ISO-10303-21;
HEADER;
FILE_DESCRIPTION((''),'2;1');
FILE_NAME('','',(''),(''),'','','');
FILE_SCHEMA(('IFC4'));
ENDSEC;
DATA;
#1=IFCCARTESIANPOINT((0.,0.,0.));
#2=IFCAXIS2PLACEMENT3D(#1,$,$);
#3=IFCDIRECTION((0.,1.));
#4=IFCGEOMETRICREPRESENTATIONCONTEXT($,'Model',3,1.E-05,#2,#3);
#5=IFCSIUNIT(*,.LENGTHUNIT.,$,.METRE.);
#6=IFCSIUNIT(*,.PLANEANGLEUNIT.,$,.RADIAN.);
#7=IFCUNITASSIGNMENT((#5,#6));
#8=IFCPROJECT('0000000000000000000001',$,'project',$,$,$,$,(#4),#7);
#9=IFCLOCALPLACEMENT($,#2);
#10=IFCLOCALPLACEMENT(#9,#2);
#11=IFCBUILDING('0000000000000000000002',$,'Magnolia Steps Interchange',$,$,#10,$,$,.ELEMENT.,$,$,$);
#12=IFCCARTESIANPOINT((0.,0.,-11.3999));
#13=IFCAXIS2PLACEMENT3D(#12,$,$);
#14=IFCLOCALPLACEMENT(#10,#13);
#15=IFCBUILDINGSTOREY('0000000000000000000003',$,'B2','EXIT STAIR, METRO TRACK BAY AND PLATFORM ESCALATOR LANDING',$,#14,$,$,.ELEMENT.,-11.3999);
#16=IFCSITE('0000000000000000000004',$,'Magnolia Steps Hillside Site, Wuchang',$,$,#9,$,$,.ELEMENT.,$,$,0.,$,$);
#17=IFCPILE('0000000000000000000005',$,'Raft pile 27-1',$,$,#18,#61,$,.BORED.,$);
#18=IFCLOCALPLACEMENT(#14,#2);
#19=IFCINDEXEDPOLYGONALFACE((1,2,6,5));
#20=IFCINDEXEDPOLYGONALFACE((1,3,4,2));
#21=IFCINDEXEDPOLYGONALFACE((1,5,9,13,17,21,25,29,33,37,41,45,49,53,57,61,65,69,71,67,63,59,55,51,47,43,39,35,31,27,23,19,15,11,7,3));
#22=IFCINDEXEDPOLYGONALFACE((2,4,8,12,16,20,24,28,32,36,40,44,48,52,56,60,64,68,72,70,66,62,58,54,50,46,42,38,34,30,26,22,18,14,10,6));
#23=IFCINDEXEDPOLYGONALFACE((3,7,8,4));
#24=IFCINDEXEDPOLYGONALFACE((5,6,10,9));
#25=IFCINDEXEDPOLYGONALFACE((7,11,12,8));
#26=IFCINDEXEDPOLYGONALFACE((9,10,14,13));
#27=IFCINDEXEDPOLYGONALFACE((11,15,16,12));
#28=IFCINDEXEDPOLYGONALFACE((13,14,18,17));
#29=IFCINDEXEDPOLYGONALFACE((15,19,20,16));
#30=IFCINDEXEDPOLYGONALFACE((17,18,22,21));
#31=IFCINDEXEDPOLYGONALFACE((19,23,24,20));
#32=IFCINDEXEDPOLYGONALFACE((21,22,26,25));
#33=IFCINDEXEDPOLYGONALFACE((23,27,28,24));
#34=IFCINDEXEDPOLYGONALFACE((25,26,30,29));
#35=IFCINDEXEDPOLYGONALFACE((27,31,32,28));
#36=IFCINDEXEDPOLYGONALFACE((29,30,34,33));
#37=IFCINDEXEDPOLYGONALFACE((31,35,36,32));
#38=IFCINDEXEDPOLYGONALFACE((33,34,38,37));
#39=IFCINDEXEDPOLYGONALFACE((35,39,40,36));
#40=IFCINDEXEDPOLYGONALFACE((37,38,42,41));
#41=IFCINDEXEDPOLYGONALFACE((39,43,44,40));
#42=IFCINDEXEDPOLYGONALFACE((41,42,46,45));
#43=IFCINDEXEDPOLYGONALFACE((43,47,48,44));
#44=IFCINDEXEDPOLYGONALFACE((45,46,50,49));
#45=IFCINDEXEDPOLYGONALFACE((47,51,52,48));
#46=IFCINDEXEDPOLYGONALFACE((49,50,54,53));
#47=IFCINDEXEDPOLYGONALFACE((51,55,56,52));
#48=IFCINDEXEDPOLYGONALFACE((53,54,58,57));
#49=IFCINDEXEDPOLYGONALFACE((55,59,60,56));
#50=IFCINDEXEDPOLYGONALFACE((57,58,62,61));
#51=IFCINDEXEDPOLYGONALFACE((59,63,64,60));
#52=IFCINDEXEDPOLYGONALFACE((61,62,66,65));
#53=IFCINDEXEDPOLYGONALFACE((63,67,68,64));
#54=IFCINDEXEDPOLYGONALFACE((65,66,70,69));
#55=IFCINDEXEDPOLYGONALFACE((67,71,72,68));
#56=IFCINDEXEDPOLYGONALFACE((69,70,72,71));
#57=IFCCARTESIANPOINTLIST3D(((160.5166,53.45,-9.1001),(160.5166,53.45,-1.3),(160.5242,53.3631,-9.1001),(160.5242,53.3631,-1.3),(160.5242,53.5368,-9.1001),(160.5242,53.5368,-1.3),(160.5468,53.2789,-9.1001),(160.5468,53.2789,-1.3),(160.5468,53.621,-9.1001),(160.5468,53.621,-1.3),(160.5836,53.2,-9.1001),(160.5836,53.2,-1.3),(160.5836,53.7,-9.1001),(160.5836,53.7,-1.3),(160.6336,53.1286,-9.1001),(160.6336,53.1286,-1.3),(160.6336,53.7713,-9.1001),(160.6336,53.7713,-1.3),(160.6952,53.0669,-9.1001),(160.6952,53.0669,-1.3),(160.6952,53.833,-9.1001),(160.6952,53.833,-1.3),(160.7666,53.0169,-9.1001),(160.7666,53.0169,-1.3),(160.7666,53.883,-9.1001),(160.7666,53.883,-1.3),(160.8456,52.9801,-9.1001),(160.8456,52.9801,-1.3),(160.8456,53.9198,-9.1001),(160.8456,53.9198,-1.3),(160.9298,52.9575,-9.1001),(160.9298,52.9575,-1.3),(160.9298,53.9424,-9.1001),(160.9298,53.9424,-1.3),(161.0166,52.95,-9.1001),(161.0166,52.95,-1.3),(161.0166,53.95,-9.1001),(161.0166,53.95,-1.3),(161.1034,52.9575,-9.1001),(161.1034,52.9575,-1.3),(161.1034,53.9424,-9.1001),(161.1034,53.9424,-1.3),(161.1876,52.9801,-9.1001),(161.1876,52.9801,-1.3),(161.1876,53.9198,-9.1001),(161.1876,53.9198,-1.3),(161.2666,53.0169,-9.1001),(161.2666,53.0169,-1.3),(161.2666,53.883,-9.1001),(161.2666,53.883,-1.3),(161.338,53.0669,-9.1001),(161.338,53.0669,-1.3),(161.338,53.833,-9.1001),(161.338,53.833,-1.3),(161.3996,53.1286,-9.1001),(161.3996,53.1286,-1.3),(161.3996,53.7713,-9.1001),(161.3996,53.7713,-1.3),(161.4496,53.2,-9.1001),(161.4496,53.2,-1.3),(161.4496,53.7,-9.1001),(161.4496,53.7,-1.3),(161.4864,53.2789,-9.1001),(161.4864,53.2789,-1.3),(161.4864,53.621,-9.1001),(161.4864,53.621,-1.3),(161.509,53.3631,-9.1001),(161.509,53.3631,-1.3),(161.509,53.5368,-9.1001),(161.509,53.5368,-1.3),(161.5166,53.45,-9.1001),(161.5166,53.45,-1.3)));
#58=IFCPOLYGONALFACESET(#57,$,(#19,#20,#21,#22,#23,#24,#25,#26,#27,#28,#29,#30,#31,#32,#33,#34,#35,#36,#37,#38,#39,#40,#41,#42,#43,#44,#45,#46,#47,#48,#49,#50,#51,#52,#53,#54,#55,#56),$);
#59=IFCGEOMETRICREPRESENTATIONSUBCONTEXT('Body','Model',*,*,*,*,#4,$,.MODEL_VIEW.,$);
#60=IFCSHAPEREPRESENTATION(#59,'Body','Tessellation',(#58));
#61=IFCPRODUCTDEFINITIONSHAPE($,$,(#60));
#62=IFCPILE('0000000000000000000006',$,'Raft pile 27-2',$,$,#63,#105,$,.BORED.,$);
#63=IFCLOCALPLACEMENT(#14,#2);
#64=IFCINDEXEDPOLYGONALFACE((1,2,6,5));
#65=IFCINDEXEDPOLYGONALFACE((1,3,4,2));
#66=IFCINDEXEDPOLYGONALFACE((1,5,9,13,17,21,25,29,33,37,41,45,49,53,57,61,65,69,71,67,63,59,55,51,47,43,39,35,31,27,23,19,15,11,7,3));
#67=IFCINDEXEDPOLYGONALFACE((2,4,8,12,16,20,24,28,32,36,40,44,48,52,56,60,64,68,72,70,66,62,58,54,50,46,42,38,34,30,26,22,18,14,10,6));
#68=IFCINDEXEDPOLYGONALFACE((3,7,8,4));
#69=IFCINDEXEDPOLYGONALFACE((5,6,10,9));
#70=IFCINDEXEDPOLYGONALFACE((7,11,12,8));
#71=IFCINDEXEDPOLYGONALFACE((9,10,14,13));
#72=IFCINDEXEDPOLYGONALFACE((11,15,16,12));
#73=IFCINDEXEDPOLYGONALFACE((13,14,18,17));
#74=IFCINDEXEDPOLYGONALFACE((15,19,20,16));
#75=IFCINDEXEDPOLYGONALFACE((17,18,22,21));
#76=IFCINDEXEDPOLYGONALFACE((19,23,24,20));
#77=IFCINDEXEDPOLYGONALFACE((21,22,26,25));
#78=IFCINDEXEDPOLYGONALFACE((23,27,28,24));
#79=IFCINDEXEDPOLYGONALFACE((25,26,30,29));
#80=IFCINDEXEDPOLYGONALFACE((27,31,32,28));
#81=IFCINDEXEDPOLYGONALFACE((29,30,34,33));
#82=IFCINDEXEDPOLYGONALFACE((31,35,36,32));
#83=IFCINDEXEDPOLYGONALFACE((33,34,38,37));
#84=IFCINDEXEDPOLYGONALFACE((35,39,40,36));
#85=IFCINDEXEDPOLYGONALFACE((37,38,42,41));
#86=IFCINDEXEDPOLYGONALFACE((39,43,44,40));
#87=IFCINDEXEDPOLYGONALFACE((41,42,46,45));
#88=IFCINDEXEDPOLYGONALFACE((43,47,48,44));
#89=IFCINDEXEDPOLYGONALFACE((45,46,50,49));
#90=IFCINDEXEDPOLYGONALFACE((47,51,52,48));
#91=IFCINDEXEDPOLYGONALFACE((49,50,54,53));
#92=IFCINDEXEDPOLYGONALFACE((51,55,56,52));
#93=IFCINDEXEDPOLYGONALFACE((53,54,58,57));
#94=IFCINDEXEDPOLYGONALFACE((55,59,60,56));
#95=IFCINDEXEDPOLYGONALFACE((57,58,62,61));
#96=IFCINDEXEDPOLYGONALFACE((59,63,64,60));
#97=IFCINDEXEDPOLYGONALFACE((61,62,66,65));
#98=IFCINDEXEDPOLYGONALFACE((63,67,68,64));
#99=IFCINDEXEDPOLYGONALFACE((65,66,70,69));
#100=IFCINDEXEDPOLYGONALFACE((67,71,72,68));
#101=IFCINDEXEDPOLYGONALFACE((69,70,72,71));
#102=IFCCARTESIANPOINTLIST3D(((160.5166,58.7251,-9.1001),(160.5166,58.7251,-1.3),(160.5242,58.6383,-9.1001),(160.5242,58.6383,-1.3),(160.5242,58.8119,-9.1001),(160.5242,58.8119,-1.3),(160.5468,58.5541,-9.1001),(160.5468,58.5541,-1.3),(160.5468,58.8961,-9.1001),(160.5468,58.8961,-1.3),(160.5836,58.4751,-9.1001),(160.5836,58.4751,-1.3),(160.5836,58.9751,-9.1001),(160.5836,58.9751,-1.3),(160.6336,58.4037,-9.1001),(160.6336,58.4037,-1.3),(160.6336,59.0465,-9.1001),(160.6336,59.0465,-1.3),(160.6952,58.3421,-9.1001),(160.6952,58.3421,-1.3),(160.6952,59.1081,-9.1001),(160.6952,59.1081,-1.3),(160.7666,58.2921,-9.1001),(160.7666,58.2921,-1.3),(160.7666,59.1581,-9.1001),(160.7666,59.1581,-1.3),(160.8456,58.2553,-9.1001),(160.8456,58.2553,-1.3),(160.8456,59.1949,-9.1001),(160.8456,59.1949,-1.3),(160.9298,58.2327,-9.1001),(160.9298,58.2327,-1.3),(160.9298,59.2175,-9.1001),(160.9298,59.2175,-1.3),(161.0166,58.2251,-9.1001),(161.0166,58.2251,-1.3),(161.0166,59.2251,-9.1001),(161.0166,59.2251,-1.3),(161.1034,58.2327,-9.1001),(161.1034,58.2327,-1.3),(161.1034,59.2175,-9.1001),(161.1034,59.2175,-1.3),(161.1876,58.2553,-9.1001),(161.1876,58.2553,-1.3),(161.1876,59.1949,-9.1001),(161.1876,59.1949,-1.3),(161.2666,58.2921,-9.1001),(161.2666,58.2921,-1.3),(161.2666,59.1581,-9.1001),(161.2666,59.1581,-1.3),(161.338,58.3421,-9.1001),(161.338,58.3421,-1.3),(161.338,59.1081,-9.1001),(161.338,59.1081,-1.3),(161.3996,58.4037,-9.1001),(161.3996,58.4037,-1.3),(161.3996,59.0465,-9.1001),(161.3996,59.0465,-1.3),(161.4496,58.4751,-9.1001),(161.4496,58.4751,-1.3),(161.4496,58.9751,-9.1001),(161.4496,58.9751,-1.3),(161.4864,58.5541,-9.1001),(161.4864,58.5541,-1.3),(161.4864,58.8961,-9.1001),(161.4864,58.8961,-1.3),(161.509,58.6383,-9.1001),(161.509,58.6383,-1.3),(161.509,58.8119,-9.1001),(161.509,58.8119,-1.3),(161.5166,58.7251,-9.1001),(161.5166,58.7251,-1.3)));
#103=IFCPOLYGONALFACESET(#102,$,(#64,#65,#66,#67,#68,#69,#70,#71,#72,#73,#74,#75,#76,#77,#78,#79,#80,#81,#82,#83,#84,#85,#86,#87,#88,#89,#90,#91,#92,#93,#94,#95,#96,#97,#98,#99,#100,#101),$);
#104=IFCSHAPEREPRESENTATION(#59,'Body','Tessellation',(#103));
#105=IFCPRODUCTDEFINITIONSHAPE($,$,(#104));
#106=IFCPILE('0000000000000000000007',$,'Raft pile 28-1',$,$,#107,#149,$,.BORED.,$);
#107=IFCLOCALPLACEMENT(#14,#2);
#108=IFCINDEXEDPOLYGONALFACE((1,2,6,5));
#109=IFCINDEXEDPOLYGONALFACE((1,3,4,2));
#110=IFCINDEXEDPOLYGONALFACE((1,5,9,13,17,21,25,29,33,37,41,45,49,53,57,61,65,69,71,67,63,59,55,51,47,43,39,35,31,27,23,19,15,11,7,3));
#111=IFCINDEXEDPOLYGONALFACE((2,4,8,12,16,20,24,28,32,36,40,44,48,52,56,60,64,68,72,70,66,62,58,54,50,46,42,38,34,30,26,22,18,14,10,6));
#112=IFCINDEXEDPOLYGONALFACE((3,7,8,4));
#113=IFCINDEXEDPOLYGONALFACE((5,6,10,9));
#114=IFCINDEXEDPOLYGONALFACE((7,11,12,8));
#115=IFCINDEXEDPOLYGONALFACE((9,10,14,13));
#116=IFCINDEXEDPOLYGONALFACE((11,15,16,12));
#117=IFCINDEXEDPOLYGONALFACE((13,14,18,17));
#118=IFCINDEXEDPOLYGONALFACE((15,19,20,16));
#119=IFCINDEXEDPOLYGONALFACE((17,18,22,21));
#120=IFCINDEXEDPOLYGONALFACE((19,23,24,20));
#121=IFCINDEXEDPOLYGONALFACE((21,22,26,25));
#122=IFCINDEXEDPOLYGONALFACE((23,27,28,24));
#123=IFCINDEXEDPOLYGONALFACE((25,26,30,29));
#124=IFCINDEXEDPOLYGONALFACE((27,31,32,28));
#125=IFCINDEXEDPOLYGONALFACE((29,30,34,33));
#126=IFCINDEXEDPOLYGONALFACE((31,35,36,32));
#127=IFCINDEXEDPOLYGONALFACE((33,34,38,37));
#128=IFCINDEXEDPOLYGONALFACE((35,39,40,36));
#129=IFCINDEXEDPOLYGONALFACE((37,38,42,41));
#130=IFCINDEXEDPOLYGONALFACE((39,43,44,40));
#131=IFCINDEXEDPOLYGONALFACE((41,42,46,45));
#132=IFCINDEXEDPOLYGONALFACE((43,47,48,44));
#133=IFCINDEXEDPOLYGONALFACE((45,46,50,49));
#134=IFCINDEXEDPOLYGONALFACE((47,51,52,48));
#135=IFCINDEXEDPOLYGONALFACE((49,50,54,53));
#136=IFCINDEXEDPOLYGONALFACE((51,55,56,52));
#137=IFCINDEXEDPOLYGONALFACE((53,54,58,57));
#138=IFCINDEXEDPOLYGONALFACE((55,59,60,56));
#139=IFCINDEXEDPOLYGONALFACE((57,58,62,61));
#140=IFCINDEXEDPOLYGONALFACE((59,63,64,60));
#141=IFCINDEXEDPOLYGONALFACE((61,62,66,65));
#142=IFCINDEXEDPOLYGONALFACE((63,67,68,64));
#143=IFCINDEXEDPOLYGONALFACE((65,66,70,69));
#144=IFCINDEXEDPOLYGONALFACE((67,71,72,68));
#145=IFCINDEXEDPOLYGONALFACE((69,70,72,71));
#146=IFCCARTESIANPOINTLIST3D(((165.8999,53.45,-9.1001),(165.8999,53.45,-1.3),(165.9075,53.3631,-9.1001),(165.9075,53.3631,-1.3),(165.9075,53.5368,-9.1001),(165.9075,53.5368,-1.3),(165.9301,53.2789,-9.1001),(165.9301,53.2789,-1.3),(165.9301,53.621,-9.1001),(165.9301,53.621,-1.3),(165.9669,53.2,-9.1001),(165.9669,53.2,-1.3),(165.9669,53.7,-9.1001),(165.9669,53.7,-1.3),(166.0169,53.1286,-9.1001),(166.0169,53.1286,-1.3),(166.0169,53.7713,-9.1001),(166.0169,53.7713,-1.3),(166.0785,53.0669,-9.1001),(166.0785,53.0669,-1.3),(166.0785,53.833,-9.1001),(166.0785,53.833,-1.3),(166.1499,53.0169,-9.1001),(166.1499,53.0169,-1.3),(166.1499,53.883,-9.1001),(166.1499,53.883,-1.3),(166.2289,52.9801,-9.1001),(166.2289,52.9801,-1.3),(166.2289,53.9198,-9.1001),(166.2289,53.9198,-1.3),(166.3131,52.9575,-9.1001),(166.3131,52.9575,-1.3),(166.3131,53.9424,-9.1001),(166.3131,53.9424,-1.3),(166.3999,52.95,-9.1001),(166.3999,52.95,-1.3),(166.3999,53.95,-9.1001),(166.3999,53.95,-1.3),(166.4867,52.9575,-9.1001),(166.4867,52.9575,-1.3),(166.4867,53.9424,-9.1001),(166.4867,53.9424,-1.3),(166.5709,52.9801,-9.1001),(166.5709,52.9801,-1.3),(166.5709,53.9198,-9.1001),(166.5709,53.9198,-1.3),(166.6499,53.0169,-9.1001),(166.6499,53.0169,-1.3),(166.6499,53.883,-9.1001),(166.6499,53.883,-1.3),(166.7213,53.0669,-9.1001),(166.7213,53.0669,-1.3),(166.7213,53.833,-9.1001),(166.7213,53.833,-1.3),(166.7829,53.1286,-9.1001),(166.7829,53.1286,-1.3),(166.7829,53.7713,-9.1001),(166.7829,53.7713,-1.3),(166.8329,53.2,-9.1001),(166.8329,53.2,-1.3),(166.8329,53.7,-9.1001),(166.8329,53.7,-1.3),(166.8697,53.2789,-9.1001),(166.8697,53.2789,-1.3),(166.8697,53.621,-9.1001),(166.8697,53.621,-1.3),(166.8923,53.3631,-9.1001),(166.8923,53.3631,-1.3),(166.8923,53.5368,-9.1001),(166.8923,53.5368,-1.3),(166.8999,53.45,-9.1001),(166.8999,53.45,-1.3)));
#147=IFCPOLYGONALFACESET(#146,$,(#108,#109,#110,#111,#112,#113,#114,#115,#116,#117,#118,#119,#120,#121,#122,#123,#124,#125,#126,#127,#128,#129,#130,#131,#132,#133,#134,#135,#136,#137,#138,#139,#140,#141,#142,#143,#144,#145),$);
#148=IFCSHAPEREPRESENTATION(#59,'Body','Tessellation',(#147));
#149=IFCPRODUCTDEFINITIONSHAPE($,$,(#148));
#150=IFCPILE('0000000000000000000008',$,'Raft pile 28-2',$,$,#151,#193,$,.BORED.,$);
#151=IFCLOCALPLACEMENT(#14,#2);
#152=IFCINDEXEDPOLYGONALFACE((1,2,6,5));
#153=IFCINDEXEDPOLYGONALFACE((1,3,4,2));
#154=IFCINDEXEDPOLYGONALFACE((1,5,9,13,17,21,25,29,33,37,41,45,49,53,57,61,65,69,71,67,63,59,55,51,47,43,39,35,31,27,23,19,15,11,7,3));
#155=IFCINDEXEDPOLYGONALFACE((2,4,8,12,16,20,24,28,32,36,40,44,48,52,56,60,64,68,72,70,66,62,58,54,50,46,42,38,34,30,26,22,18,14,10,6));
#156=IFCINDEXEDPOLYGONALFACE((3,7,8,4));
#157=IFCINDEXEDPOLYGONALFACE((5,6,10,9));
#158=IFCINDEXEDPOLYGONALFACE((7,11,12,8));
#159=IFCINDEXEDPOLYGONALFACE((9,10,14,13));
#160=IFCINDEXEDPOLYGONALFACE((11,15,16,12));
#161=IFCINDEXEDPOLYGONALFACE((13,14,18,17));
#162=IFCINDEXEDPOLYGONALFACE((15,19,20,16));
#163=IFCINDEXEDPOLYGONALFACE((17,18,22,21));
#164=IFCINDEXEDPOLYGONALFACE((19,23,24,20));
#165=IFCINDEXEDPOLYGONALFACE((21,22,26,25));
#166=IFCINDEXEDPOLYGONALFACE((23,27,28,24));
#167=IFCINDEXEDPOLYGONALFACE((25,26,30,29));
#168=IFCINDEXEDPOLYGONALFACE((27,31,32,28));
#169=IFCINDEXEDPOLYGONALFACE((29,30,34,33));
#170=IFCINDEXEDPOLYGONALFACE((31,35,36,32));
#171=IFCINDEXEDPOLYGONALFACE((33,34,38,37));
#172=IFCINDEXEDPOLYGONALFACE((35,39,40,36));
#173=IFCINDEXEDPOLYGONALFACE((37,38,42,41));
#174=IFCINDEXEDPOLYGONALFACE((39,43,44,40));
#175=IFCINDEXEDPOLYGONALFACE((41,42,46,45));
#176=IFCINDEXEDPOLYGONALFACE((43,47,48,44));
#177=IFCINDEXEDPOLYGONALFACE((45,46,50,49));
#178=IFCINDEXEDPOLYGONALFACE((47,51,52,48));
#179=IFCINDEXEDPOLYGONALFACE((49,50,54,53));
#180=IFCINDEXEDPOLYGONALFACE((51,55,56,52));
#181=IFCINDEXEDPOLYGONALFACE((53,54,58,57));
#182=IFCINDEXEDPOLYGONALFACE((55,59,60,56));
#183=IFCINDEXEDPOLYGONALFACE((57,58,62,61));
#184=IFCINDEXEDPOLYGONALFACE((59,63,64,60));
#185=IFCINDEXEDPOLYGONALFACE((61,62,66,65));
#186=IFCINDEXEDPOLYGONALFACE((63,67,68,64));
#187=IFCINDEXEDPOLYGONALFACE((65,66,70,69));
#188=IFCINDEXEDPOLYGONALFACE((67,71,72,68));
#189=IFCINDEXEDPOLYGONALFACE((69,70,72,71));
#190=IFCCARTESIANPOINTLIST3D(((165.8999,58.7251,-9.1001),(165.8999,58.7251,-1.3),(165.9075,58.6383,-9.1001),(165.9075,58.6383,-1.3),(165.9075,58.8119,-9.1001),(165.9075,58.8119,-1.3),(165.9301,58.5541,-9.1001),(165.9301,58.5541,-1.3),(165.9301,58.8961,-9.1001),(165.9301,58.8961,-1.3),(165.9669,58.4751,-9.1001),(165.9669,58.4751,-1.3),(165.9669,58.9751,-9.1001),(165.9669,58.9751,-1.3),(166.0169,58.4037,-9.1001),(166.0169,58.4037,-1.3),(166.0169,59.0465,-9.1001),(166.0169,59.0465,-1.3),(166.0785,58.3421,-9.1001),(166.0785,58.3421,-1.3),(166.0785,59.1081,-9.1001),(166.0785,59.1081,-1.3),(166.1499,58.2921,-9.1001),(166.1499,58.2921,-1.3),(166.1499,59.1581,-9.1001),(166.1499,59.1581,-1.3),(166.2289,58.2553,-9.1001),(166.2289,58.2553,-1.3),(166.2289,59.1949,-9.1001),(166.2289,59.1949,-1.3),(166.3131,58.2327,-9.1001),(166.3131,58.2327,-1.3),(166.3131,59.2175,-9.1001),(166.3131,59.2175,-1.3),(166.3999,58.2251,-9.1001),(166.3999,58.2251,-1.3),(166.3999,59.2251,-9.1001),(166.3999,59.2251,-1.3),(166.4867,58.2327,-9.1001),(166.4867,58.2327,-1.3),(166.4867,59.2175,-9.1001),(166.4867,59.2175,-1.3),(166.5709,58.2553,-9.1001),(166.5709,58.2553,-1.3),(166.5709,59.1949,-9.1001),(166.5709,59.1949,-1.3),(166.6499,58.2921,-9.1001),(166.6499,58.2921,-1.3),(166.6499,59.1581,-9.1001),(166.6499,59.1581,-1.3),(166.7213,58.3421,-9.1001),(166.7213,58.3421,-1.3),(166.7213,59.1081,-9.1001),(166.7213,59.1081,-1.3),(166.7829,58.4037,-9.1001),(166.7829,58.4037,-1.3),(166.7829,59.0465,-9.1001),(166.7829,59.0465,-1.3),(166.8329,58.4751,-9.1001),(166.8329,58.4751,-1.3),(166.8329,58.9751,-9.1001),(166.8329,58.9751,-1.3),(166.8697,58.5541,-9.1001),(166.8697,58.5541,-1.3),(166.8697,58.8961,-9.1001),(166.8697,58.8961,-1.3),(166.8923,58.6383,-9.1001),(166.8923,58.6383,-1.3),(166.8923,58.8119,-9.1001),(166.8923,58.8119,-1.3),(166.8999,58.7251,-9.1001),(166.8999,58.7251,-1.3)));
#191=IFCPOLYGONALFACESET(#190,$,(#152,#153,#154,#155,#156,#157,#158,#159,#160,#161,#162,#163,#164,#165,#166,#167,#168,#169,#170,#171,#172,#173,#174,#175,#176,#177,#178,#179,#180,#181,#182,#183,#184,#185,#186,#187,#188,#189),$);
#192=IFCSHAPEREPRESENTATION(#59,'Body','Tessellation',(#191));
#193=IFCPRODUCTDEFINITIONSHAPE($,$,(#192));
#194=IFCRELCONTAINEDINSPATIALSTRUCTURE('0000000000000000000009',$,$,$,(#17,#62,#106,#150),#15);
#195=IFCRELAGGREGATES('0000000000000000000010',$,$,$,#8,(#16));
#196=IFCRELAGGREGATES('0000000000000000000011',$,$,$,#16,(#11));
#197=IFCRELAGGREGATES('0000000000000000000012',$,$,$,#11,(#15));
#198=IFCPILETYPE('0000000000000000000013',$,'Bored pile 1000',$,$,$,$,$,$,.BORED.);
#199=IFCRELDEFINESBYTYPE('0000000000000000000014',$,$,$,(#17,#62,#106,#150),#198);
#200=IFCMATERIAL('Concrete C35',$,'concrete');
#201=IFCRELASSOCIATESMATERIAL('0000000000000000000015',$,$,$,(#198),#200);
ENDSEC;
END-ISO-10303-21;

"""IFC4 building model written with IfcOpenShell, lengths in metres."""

from ifc_helpers import new_model, si_unit, direction, frame, origin, origin_2d, place, context, subcontext, project, spatial, circle, extrude, material, material_profile, profile_set, type_object, element, save


model = new_model("IFC4")

# Units and contexts
model_context = context("Model", 3, precision=1e-05, world=origin(), true_north=direction((0.0, 1.0)))
body_context = subcontext(model_context, "Body", "Model", "MODEL_VIEW")
ifc_project = project(units=[si_unit("LENGTHUNIT", "METRE"), si_unit("PLANEANGLEUNIT", "RADIAN")], contexts=[model_context])

# Site, building, storey
site_placement = place(None, origin())
site = spatial("IfcSite", under=ifc_project, at=site_placement, Name="Magnolia Steps Hillside Site, Wuchang", CompositionType="ELEMENT", RefElevation=0.0)
building_placement = place(site_placement, origin())
building = spatial("IfcBuilding", under=site, at=building_placement, Name="Magnolia Steps Interchange", CompositionType="ELEMENT")
storey_placement = place(building_placement, frame((0.0, 0.0, -11.3999)))
storey = spatial("IfcBuildingStorey", under=building, at=storey_placement, Name="B2", Description="EXIT STAIR, METRO TRACK BAY AND PLATFORM ESCALATOR LANDING", CompositionType="ELEMENT", Elevation=-11.3999)

# Piles
ifc_material_1 = material(Name="Concrete C35", Category="concrete")
ifc_material_profile_1 = material_profile(ifc_material_1, circle(Radius=0.5, at=origin_2d()), Name="Bored pile 1000")
ifc_profile_set_1 = profile_set([ifc_material_profile_1], Name="Concrete C35")
pile_type_1 = type_object("IfcPileType", Name="Bored pile 1000", PredefinedType="BORED", material=ifc_profile_set_1)
for number, where, z_axis, x_axis, name in (
    (1, (161.0166, 53.45, -1.3), (0.0, 0.0, -1.0), (1.0, 0.0, 0.0), "Raft pile 27-1"),
    (2, (161.0166, 58.7251, -1.3), (0.0, 0.0, -1.0), (1.0, 0.0, 0.0), "Raft pile 27-2"),
    (3, (166.3999, 53.45, -1.3), (0.0, 0.0, -1.0), (1.0, 0.0, 0.0), "Raft pile 28-1"),
    (4, (166.3999, 58.7251, -1.3), (0.0, 0.0, -1.0), (1.0, 0.0, 0.0), "Raft pile 28-2"),
):
    element("IfcPile", number, at=place(storey_placement, frame(where, z_axis=z_axis, x_axis=x_axis)), inside=storey, type_object=pile_type_1, Name=name, PredefinedType="BORED", context=body_context, shape_type="SweptSolid", body=[
        extrude(circle(Radius=0.5, at=origin_2d()), origin(), (0.0, 0.0, 1.0), 7.8),
    ])

save(model, "model.ifc")
